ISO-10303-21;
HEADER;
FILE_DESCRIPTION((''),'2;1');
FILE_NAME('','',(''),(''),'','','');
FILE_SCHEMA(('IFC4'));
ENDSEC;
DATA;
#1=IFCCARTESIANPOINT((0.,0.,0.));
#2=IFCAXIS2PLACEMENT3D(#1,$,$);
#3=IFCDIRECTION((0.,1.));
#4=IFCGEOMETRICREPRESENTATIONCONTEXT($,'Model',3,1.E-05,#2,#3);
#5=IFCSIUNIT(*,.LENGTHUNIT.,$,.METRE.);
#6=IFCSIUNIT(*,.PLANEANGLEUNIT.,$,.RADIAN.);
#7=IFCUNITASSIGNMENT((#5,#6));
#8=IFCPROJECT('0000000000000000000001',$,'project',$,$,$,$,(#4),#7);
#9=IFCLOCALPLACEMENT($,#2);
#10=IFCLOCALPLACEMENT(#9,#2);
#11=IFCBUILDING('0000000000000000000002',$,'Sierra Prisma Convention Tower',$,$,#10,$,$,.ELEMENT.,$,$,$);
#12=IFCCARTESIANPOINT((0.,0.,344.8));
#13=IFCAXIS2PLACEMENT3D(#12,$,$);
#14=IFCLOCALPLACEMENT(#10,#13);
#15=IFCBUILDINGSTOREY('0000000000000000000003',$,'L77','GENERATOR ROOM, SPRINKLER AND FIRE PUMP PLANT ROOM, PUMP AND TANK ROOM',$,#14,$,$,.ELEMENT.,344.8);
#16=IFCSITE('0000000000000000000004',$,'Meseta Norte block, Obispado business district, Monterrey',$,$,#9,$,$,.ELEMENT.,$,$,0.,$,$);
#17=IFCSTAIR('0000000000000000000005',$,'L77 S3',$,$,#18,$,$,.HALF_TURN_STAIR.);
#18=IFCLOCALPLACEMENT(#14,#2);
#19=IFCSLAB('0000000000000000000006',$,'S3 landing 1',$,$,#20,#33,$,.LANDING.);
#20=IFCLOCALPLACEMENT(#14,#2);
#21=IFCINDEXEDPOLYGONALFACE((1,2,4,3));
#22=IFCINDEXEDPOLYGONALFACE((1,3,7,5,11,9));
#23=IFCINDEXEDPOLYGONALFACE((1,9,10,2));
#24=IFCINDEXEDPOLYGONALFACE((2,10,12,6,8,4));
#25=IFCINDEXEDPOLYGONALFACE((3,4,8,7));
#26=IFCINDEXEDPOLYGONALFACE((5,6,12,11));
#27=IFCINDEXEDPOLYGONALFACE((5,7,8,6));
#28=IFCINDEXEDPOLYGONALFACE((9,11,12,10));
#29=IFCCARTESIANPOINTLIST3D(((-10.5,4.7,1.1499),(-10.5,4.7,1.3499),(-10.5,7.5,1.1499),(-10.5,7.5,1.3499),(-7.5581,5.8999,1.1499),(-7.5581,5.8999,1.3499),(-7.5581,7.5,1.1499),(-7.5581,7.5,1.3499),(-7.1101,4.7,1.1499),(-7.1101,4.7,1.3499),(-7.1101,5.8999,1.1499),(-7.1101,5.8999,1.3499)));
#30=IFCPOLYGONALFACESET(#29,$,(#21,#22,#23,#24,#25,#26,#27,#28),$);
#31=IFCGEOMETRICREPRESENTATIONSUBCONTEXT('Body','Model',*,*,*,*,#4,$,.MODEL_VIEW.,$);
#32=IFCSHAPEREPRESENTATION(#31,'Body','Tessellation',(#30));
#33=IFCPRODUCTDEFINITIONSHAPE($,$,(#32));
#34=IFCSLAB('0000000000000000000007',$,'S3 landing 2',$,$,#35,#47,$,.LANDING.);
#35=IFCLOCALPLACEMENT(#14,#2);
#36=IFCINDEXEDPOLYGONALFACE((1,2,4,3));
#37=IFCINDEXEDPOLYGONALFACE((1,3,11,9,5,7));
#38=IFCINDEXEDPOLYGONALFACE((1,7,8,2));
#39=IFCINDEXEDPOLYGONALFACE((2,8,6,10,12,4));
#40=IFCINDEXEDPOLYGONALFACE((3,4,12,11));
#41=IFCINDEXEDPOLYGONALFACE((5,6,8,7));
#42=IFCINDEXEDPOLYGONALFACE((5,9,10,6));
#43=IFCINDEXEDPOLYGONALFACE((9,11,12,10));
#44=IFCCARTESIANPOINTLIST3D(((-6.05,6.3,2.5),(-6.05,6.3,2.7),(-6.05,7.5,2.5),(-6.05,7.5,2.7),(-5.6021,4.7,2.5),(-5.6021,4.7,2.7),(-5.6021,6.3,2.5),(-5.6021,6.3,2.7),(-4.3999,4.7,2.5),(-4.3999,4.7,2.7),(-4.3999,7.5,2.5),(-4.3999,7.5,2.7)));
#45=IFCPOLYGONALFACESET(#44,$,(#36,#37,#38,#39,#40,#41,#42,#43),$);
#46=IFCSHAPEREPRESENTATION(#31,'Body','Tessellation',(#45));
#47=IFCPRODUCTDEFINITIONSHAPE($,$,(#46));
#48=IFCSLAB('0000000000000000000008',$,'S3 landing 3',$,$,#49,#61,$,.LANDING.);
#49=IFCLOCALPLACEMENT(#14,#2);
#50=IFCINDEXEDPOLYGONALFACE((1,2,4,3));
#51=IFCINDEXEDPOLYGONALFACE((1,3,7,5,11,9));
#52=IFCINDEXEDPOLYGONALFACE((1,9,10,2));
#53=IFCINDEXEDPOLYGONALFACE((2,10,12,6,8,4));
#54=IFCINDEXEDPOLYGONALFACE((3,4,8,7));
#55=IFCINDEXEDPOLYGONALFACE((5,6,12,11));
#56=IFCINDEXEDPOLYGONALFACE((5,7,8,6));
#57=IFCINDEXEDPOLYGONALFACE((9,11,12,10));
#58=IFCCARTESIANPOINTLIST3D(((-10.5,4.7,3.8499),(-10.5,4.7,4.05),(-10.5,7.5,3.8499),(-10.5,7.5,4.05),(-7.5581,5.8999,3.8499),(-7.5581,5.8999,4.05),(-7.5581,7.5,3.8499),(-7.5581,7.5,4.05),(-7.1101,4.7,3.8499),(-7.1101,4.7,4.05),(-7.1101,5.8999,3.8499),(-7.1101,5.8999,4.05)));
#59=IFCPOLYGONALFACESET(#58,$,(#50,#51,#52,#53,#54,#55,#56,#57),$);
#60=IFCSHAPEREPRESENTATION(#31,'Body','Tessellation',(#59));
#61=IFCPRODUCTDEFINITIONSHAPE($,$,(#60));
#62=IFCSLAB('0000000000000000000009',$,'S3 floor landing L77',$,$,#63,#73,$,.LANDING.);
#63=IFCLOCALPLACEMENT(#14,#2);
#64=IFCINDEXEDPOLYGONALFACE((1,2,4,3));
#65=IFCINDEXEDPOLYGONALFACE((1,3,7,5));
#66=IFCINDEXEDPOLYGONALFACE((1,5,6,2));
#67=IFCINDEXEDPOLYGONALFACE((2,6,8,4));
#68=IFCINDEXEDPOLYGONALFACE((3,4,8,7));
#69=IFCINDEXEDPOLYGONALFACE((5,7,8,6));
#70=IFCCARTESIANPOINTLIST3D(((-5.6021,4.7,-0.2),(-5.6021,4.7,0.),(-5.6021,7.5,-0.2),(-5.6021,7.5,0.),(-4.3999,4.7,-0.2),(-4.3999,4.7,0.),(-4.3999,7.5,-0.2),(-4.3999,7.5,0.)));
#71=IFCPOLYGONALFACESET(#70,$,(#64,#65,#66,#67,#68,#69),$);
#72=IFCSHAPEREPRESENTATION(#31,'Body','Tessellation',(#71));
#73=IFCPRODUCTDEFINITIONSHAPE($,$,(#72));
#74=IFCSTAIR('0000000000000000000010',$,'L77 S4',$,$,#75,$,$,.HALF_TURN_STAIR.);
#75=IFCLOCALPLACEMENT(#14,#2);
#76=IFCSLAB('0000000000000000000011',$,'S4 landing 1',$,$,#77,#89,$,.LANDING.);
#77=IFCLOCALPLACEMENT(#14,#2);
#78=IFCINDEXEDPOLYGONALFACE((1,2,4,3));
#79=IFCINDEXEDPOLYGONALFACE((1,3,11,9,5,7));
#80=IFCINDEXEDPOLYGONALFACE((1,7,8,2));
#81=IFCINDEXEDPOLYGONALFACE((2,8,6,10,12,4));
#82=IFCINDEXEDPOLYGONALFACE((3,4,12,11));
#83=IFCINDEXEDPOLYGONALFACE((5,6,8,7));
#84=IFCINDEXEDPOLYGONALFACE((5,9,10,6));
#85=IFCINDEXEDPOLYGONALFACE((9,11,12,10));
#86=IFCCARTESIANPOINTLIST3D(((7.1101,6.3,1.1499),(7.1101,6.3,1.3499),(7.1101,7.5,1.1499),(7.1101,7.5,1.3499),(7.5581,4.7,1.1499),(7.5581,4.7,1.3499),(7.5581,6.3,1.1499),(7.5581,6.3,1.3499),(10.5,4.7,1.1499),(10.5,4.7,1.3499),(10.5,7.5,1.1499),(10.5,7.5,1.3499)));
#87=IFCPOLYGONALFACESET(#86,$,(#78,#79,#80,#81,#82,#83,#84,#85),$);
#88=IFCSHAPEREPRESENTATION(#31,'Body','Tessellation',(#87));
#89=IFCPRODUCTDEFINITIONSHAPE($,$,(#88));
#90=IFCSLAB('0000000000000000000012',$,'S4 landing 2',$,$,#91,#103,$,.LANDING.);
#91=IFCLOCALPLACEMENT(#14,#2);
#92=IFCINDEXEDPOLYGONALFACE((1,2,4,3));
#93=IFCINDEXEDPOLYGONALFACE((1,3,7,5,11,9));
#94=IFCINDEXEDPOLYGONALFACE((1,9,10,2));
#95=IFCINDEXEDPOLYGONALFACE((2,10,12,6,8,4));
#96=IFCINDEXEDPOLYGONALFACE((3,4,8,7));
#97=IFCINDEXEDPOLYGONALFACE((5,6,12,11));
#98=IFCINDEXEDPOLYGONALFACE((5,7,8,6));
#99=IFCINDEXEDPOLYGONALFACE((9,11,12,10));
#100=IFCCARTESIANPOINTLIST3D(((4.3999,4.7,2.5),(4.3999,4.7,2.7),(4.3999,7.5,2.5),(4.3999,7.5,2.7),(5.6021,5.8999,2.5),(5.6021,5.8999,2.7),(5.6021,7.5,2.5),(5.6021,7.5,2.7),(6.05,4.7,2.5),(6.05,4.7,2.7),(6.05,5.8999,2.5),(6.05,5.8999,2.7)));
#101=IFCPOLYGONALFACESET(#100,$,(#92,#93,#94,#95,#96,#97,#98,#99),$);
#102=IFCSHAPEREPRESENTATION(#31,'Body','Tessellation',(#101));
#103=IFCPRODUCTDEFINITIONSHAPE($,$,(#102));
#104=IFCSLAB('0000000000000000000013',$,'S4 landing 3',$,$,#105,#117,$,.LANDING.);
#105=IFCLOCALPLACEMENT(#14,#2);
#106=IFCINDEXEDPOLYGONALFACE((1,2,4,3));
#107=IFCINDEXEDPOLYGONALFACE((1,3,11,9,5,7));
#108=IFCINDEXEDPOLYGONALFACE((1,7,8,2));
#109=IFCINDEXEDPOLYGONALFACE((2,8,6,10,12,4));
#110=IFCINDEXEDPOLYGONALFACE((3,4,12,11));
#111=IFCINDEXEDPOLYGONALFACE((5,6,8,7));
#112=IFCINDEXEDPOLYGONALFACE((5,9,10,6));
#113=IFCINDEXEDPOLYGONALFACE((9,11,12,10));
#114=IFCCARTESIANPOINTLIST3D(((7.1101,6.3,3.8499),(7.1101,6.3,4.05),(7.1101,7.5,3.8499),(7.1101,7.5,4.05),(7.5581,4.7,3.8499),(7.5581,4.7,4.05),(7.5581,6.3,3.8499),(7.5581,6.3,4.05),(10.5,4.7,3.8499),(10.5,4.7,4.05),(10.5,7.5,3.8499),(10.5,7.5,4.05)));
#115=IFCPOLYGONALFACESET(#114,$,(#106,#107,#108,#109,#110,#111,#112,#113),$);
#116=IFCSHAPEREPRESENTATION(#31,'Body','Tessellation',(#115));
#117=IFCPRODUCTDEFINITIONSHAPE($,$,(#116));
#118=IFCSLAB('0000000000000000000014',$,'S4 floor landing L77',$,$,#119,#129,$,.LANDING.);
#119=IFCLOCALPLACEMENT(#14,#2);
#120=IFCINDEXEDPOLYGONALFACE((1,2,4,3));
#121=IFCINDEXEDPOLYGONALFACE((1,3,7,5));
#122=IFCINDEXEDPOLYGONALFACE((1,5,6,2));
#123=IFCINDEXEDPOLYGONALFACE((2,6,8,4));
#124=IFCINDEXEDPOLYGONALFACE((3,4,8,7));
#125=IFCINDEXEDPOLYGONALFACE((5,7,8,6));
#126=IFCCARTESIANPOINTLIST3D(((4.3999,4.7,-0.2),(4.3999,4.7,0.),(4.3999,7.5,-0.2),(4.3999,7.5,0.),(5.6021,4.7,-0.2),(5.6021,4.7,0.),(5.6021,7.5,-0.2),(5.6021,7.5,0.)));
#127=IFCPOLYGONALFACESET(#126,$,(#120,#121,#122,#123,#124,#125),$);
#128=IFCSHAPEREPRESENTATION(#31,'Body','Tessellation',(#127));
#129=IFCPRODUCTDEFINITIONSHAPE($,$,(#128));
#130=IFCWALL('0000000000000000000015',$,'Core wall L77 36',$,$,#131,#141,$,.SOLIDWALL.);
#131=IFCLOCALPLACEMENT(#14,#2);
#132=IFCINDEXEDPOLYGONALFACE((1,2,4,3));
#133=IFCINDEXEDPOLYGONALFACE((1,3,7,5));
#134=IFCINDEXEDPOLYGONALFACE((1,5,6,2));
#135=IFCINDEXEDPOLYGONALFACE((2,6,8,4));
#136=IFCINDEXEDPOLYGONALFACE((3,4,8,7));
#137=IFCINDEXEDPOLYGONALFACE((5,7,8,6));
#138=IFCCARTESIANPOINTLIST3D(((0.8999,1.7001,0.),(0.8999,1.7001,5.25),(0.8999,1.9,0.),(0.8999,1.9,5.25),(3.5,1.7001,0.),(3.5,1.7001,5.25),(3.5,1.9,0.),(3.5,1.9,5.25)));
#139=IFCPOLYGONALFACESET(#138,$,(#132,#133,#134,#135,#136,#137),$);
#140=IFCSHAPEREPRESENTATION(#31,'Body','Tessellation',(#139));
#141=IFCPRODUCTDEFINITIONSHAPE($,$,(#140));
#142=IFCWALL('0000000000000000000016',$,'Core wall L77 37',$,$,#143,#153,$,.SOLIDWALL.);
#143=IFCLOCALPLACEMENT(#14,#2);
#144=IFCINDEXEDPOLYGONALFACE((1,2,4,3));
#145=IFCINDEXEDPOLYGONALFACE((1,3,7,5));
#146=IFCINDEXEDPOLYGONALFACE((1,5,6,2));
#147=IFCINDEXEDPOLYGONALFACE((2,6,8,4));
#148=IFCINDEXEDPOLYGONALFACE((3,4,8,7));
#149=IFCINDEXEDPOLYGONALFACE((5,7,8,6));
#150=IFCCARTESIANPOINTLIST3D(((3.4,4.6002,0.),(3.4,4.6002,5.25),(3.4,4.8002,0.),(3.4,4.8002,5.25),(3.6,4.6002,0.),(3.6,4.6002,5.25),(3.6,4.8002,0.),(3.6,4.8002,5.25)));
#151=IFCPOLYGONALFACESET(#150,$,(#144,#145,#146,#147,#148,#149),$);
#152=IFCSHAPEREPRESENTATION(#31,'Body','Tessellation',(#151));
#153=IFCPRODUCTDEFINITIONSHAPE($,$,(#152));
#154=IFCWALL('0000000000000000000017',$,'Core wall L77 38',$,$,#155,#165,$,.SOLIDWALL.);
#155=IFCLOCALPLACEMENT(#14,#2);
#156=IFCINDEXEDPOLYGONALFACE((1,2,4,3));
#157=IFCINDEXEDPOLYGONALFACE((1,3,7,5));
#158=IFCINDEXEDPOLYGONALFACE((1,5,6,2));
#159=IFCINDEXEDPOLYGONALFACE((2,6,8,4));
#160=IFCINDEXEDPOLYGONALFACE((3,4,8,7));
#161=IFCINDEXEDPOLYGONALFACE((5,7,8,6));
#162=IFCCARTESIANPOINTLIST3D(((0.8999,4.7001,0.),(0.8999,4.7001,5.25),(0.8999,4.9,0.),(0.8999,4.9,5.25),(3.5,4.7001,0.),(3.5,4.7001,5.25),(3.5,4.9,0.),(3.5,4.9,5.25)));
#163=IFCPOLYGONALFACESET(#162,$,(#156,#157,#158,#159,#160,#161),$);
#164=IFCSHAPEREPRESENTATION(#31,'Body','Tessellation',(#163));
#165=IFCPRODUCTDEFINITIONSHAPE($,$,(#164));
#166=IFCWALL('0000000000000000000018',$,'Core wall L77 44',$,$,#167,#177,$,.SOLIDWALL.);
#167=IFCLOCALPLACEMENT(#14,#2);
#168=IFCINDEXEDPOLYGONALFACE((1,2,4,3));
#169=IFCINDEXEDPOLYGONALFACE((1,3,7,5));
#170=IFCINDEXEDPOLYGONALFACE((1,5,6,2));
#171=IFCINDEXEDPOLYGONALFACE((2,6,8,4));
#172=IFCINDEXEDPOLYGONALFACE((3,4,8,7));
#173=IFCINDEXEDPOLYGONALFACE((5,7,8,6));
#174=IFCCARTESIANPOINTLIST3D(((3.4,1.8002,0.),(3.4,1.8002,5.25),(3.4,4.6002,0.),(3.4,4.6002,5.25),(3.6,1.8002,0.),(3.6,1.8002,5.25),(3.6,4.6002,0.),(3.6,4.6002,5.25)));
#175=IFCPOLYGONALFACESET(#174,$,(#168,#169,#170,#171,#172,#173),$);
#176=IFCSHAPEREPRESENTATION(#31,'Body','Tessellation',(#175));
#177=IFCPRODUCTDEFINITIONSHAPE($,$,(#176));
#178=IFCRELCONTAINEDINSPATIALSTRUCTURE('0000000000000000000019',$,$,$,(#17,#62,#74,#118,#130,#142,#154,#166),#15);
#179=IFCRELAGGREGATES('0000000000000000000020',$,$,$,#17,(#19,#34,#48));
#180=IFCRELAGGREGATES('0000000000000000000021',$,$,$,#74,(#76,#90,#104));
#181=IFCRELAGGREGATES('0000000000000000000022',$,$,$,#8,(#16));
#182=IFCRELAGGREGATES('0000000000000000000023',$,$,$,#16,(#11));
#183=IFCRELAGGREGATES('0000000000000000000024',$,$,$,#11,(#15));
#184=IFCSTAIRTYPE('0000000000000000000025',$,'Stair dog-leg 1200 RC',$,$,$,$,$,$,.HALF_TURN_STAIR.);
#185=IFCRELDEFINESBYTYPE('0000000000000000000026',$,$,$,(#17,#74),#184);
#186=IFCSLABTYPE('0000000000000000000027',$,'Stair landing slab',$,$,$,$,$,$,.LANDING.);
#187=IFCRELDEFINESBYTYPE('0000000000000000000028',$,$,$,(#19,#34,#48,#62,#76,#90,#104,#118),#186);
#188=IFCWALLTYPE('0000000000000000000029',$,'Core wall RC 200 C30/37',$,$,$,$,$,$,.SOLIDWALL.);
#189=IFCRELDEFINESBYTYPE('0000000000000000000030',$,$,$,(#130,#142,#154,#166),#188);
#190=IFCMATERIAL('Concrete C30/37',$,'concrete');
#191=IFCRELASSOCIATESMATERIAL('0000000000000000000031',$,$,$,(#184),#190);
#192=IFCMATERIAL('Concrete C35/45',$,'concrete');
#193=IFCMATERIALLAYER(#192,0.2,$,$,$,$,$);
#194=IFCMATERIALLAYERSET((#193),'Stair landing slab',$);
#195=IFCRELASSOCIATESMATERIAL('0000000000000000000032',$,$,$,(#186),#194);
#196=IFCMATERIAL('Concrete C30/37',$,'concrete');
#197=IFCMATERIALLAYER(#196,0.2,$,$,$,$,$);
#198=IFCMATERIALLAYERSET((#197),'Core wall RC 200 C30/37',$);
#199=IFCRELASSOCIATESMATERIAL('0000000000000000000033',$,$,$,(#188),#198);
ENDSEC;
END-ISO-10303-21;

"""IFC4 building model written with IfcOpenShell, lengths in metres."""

from ifc_helpers import new_model, si_unit, direction, frame, frame_2d, origin, place, context, subcontext, project, spatial, polyline, rectangle, outline, extrude, material, layer, layer_set, type_object, element, aggregate, save


model = new_model("IFC4")

# Units and contexts
model_context = context("Model", 3, precision=1e-05, world=origin(), true_north=direction((0.0, 1.0)))
body_context = subcontext(model_context, "Body", "Model", "MODEL_VIEW")
ifc_project = project(units=[si_unit("LENGTHUNIT", "METRE"), si_unit("PLANEANGLEUNIT", "RADIAN")], contexts=[model_context])

# Site, building, storey
site_placement = place(None, origin())
site = spatial("IfcSite", under=ifc_project, at=site_placement, Name="Meseta Norte block, Obispado business district, Monterrey", CompositionType="ELEMENT", RefElevation=0.0)
building_placement = place(site_placement, origin())
building = spatial("IfcBuilding", under=site, at=building_placement, Name="Sierra Prisma Convention Tower", CompositionType="ELEMENT")
storey_placement = place(building_placement, frame((0.0, 0.0, 344.8)))
storey = spatial("IfcBuildingStorey", under=building, at=storey_placement, Name="L77", Description="GENERATOR ROOM, SPRINKLER AND FIRE PUMP PLANT ROOM, PUMP AND TANK ROOM", CompositionType="ELEMENT", Elevation=344.8)

# Stair, slabs
ifc_material_1 = material(Name="Concrete C30/37", Category="concrete")
stair_type = type_object("IfcStairType", Name="Stair dog-leg 1200 RC", PredefinedType="HALF_TURN_STAIR", material=ifc_material_1)
stair_1_placement = place(storey_placement, origin())
stair_1 = element("IfcStair", 1, at=stair_1_placement, inside=storey, type_object=stair_type, Name="L77 S3", PredefinedType="HALF_TURN_STAIR")
ifc_material_2 = material(Name="Concrete C35/45", Category="concrete")
ifc_layer_1 = layer(ifc_material_2, 0.2)
ifc_layer_set_1 = layer_set([ifc_layer_1], Name="Stair landing slab")
slab_type = type_object("IfcSlabType", Name="Stair landing slab", PredefinedType="LANDING", material=ifc_layer_set_1)
slab_1_placement = place(storey_placement, frame((0.0, 0.0, 1.1499)))
slab_1 = element("IfcSlab", 2, at=slab_1_placement, type_object=slab_type, Name="S3 landing 1", PredefinedType="LANDING", context=body_context, shape_type="SweptSolid", body=[
    extrude(outline(polyline([(-7.1101, 5.8999), (-7.1101, 4.7), (-10.5, 4.7), (-10.5, 7.5), (-7.5581, 7.5), (-7.5581, 5.8999), (-7.1101, 5.8999)])), origin(), (0.0, 0.0, 1.0), 0.2),
])
slab_2_placement = place(storey_placement, frame((0.0, 0.0, 2.5)))
slab_2 = element("IfcSlab", 3, at=slab_2_placement, type_object=slab_type, Name="S3 landing 2", PredefinedType="LANDING", context=body_context, shape_type="SweptSolid", body=[
    extrude(outline(polyline([(-4.3999, 7.5), (-4.3999, 4.7), (-5.6021, 4.7), (-5.6021, 6.3), (-6.05, 6.3), (-6.05, 7.5), (-4.3999, 7.5)])), origin(), (0.0, 0.0, 1.0), 0.2),
])
slab_3_placement = place(storey_placement, frame((0.0, 0.0, 3.8499)))
slab_3 = element("IfcSlab", 4, at=slab_3_placement, type_object=slab_type, Name="S3 landing 3", PredefinedType="LANDING", context=body_context, shape_type="SweptSolid", body=[
    extrude(outline(polyline([(-7.1101, 5.8999), (-7.1101, 4.7), (-10.5, 4.7), (-10.5, 7.5), (-7.5581, 7.5), (-7.5581, 5.8999), (-7.1101, 5.8999)])), origin(), (0.0, 0.0, 1.0), 0.2002),
])
aggregate(stair_1, [slab_1, slab_2, slab_3])

# Slab
slab_4_placement = place(storey_placement, frame((0.0, 0.0, -0.2)))
element("IfcSlab", 5, at=slab_4_placement, inside=storey, type_object=slab_type, Name="S3 floor landing L77", PredefinedType="LANDING", context=body_context, shape_type="SweptSolid", body=[
    extrude(outline(polyline([(-4.3999, 7.5), (-5.6021, 7.5), (-5.6021, 4.7), (-4.3999, 4.7), (-4.3999, 7.5)])), origin(), (0.0, 0.0, 1.0), 0.2),
])

# Stair, slabs
stair_2_placement = place(storey_placement, origin())
stair_2 = element("IfcStair", 6, at=stair_2_placement, inside=storey, type_object=stair_type, Name="L77 S4", PredefinedType="HALF_TURN_STAIR")
slab_5_placement = place(storey_placement, frame((0.0, 0.0, 1.1499)))
slab_5 = element("IfcSlab", 7, at=slab_5_placement, type_object=slab_type, Name="S4 landing 1", PredefinedType="LANDING", context=body_context, shape_type="SweptSolid", body=[
    extrude(outline(polyline([(10.5, 7.5), (10.5, 4.7), (7.5581, 4.7), (7.5581, 6.3), (7.1101, 6.3), (7.1101, 7.5), (10.5, 7.5)])), origin(), (0.0, 0.0, 1.0), 0.2),
])
slab_6_placement = place(storey_placement, frame((0.0, 0.0, 2.5)))
slab_6 = element("IfcSlab", 8, at=slab_6_placement, type_object=slab_type, Name="S4 landing 2", PredefinedType="LANDING", context=body_context, shape_type="SweptSolid", body=[
    extrude(outline(polyline([(4.3999, 4.7), (4.3999, 7.5), (5.6021, 7.5), (5.6021, 5.8999), (6.05, 5.8999), (6.05, 4.7), (4.3999, 4.7)])), origin(), (0.0, 0.0, 1.0), 0.2),
])
slab_7_placement = place(storey_placement, frame((0.0, 0.0, 3.8499)))
slab_7 = element("IfcSlab", 9, at=slab_7_placement, type_object=slab_type, Name="S4 landing 3", PredefinedType="LANDING", context=body_context, shape_type="SweptSolid", body=[
    extrude(outline(polyline([(10.5, 7.5), (10.5, 4.7), (7.5581, 4.7), (7.5581, 6.3), (7.1101, 6.3), (7.1101, 7.5), (10.5, 7.5)])), origin(), (0.0, 0.0, 1.0), 0.2002),
])
aggregate(stair_2, [slab_5, slab_6, slab_7])

# Slab
slab_8_placement = place(storey_placement, frame((0.0, 0.0, -0.2)))
element("IfcSlab", 10, at=slab_8_placement, inside=storey, type_object=slab_type, Name="S4 floor landing L77", PredefinedType="LANDING", context=body_context, shape_type="SweptSolid", body=[
    extrude(outline(polyline([(4.3999, 4.7), (5.6021, 4.7), (5.6021, 7.5), (4.3999, 7.5), (4.3999, 4.7)])), origin(), (0.0, 0.0, 1.0), 0.2),
])

# Shared definitions
ifc_material_3 = material(Name="Concrete C30/37", Category="concrete")
ifc_layer_2 = layer(ifc_material_3, 0.2)
ifc_layer_set_2 = layer_set([ifc_layer_2], Name="Core wall RC 200 C30/37")
wall_type = type_object("IfcWallType", Name="Core wall RC 200 C30/37", PredefinedType="SOLIDWALL", material=ifc_layer_set_2)

# Walls
wall_1_placement = place(storey_placement, frame((3.5, 1.8, 0.0), z_axis=(0.0, 0.0, 1.0), x_axis=(-1.0, 0.0, 0.0)))
element("IfcWall", 11, at=wall_1_placement, inside=storey, type_object=wall_type, Name="Core wall L77 36", PredefinedType="SOLIDWALL", context=body_context, shape_type="SweptSolid", body=[
    extrude(rectangle(XDim=2.6001, YDim=0.2, at=frame_2d((1.3, 0.0))), origin(), (0.0, 0.0, 1.0), 5.25),
])
wall_2_placement = place(storey_placement, frame((3.5, 4.6001, 0.0), z_axis=(0.0, 0.0, 1.0), x_axis=(0.0, 1.0, 0.0)))
element("IfcWall", 12, at=wall_2_placement, inside=storey, type_object=wall_type, Name="Core wall L77 37", PredefinedType="SOLIDWALL", context=body_context, shape_type="SweptSolid", body=[
    extrude(rectangle(XDim=0.2, YDim=0.2, at=frame_2d((0.1001, 0.0))), origin(), (0.0, 0.0, 1.0), 5.25),
])
wall_3_placement = place(storey_placement, frame((3.5, 4.8, 0.0), z_axis=(0.0, 0.0, 1.0), x_axis=(-1.0, 0.0, 0.0)))
element("IfcWall", 13, at=wall_3_placement, inside=storey, type_object=wall_type, Name="Core wall L77 38", PredefinedType="SOLIDWALL", context=body_context, shape_type="SweptSolid", body=[
    extrude(rectangle(XDim=2.6001, YDim=0.2, at=frame_2d((1.3, 0.0))), origin(), (0.0, 0.0, 1.0), 5.25),
])

# Wall
wall_4_placement = place(storey_placement, frame((3.5, 4.6001, 0.0), z_axis=(0.0, 0.0, 1.0), x_axis=(0.0, -1.0, 0.0)))
element("IfcWall", 14, at=wall_4_placement, inside=storey, type_object=wall_type, Name="Core wall L77 44", PredefinedType="SOLIDWALL", context=body_context, shape_type="SweptSolid", body=[
    extrude(rectangle(XDim=2.8, YDim=0.2, at=frame_2d((1.3999, 0.0))), origin(), (0.0, 0.0, 1.0), 5.25),
])

save(model, "model.ifc")
